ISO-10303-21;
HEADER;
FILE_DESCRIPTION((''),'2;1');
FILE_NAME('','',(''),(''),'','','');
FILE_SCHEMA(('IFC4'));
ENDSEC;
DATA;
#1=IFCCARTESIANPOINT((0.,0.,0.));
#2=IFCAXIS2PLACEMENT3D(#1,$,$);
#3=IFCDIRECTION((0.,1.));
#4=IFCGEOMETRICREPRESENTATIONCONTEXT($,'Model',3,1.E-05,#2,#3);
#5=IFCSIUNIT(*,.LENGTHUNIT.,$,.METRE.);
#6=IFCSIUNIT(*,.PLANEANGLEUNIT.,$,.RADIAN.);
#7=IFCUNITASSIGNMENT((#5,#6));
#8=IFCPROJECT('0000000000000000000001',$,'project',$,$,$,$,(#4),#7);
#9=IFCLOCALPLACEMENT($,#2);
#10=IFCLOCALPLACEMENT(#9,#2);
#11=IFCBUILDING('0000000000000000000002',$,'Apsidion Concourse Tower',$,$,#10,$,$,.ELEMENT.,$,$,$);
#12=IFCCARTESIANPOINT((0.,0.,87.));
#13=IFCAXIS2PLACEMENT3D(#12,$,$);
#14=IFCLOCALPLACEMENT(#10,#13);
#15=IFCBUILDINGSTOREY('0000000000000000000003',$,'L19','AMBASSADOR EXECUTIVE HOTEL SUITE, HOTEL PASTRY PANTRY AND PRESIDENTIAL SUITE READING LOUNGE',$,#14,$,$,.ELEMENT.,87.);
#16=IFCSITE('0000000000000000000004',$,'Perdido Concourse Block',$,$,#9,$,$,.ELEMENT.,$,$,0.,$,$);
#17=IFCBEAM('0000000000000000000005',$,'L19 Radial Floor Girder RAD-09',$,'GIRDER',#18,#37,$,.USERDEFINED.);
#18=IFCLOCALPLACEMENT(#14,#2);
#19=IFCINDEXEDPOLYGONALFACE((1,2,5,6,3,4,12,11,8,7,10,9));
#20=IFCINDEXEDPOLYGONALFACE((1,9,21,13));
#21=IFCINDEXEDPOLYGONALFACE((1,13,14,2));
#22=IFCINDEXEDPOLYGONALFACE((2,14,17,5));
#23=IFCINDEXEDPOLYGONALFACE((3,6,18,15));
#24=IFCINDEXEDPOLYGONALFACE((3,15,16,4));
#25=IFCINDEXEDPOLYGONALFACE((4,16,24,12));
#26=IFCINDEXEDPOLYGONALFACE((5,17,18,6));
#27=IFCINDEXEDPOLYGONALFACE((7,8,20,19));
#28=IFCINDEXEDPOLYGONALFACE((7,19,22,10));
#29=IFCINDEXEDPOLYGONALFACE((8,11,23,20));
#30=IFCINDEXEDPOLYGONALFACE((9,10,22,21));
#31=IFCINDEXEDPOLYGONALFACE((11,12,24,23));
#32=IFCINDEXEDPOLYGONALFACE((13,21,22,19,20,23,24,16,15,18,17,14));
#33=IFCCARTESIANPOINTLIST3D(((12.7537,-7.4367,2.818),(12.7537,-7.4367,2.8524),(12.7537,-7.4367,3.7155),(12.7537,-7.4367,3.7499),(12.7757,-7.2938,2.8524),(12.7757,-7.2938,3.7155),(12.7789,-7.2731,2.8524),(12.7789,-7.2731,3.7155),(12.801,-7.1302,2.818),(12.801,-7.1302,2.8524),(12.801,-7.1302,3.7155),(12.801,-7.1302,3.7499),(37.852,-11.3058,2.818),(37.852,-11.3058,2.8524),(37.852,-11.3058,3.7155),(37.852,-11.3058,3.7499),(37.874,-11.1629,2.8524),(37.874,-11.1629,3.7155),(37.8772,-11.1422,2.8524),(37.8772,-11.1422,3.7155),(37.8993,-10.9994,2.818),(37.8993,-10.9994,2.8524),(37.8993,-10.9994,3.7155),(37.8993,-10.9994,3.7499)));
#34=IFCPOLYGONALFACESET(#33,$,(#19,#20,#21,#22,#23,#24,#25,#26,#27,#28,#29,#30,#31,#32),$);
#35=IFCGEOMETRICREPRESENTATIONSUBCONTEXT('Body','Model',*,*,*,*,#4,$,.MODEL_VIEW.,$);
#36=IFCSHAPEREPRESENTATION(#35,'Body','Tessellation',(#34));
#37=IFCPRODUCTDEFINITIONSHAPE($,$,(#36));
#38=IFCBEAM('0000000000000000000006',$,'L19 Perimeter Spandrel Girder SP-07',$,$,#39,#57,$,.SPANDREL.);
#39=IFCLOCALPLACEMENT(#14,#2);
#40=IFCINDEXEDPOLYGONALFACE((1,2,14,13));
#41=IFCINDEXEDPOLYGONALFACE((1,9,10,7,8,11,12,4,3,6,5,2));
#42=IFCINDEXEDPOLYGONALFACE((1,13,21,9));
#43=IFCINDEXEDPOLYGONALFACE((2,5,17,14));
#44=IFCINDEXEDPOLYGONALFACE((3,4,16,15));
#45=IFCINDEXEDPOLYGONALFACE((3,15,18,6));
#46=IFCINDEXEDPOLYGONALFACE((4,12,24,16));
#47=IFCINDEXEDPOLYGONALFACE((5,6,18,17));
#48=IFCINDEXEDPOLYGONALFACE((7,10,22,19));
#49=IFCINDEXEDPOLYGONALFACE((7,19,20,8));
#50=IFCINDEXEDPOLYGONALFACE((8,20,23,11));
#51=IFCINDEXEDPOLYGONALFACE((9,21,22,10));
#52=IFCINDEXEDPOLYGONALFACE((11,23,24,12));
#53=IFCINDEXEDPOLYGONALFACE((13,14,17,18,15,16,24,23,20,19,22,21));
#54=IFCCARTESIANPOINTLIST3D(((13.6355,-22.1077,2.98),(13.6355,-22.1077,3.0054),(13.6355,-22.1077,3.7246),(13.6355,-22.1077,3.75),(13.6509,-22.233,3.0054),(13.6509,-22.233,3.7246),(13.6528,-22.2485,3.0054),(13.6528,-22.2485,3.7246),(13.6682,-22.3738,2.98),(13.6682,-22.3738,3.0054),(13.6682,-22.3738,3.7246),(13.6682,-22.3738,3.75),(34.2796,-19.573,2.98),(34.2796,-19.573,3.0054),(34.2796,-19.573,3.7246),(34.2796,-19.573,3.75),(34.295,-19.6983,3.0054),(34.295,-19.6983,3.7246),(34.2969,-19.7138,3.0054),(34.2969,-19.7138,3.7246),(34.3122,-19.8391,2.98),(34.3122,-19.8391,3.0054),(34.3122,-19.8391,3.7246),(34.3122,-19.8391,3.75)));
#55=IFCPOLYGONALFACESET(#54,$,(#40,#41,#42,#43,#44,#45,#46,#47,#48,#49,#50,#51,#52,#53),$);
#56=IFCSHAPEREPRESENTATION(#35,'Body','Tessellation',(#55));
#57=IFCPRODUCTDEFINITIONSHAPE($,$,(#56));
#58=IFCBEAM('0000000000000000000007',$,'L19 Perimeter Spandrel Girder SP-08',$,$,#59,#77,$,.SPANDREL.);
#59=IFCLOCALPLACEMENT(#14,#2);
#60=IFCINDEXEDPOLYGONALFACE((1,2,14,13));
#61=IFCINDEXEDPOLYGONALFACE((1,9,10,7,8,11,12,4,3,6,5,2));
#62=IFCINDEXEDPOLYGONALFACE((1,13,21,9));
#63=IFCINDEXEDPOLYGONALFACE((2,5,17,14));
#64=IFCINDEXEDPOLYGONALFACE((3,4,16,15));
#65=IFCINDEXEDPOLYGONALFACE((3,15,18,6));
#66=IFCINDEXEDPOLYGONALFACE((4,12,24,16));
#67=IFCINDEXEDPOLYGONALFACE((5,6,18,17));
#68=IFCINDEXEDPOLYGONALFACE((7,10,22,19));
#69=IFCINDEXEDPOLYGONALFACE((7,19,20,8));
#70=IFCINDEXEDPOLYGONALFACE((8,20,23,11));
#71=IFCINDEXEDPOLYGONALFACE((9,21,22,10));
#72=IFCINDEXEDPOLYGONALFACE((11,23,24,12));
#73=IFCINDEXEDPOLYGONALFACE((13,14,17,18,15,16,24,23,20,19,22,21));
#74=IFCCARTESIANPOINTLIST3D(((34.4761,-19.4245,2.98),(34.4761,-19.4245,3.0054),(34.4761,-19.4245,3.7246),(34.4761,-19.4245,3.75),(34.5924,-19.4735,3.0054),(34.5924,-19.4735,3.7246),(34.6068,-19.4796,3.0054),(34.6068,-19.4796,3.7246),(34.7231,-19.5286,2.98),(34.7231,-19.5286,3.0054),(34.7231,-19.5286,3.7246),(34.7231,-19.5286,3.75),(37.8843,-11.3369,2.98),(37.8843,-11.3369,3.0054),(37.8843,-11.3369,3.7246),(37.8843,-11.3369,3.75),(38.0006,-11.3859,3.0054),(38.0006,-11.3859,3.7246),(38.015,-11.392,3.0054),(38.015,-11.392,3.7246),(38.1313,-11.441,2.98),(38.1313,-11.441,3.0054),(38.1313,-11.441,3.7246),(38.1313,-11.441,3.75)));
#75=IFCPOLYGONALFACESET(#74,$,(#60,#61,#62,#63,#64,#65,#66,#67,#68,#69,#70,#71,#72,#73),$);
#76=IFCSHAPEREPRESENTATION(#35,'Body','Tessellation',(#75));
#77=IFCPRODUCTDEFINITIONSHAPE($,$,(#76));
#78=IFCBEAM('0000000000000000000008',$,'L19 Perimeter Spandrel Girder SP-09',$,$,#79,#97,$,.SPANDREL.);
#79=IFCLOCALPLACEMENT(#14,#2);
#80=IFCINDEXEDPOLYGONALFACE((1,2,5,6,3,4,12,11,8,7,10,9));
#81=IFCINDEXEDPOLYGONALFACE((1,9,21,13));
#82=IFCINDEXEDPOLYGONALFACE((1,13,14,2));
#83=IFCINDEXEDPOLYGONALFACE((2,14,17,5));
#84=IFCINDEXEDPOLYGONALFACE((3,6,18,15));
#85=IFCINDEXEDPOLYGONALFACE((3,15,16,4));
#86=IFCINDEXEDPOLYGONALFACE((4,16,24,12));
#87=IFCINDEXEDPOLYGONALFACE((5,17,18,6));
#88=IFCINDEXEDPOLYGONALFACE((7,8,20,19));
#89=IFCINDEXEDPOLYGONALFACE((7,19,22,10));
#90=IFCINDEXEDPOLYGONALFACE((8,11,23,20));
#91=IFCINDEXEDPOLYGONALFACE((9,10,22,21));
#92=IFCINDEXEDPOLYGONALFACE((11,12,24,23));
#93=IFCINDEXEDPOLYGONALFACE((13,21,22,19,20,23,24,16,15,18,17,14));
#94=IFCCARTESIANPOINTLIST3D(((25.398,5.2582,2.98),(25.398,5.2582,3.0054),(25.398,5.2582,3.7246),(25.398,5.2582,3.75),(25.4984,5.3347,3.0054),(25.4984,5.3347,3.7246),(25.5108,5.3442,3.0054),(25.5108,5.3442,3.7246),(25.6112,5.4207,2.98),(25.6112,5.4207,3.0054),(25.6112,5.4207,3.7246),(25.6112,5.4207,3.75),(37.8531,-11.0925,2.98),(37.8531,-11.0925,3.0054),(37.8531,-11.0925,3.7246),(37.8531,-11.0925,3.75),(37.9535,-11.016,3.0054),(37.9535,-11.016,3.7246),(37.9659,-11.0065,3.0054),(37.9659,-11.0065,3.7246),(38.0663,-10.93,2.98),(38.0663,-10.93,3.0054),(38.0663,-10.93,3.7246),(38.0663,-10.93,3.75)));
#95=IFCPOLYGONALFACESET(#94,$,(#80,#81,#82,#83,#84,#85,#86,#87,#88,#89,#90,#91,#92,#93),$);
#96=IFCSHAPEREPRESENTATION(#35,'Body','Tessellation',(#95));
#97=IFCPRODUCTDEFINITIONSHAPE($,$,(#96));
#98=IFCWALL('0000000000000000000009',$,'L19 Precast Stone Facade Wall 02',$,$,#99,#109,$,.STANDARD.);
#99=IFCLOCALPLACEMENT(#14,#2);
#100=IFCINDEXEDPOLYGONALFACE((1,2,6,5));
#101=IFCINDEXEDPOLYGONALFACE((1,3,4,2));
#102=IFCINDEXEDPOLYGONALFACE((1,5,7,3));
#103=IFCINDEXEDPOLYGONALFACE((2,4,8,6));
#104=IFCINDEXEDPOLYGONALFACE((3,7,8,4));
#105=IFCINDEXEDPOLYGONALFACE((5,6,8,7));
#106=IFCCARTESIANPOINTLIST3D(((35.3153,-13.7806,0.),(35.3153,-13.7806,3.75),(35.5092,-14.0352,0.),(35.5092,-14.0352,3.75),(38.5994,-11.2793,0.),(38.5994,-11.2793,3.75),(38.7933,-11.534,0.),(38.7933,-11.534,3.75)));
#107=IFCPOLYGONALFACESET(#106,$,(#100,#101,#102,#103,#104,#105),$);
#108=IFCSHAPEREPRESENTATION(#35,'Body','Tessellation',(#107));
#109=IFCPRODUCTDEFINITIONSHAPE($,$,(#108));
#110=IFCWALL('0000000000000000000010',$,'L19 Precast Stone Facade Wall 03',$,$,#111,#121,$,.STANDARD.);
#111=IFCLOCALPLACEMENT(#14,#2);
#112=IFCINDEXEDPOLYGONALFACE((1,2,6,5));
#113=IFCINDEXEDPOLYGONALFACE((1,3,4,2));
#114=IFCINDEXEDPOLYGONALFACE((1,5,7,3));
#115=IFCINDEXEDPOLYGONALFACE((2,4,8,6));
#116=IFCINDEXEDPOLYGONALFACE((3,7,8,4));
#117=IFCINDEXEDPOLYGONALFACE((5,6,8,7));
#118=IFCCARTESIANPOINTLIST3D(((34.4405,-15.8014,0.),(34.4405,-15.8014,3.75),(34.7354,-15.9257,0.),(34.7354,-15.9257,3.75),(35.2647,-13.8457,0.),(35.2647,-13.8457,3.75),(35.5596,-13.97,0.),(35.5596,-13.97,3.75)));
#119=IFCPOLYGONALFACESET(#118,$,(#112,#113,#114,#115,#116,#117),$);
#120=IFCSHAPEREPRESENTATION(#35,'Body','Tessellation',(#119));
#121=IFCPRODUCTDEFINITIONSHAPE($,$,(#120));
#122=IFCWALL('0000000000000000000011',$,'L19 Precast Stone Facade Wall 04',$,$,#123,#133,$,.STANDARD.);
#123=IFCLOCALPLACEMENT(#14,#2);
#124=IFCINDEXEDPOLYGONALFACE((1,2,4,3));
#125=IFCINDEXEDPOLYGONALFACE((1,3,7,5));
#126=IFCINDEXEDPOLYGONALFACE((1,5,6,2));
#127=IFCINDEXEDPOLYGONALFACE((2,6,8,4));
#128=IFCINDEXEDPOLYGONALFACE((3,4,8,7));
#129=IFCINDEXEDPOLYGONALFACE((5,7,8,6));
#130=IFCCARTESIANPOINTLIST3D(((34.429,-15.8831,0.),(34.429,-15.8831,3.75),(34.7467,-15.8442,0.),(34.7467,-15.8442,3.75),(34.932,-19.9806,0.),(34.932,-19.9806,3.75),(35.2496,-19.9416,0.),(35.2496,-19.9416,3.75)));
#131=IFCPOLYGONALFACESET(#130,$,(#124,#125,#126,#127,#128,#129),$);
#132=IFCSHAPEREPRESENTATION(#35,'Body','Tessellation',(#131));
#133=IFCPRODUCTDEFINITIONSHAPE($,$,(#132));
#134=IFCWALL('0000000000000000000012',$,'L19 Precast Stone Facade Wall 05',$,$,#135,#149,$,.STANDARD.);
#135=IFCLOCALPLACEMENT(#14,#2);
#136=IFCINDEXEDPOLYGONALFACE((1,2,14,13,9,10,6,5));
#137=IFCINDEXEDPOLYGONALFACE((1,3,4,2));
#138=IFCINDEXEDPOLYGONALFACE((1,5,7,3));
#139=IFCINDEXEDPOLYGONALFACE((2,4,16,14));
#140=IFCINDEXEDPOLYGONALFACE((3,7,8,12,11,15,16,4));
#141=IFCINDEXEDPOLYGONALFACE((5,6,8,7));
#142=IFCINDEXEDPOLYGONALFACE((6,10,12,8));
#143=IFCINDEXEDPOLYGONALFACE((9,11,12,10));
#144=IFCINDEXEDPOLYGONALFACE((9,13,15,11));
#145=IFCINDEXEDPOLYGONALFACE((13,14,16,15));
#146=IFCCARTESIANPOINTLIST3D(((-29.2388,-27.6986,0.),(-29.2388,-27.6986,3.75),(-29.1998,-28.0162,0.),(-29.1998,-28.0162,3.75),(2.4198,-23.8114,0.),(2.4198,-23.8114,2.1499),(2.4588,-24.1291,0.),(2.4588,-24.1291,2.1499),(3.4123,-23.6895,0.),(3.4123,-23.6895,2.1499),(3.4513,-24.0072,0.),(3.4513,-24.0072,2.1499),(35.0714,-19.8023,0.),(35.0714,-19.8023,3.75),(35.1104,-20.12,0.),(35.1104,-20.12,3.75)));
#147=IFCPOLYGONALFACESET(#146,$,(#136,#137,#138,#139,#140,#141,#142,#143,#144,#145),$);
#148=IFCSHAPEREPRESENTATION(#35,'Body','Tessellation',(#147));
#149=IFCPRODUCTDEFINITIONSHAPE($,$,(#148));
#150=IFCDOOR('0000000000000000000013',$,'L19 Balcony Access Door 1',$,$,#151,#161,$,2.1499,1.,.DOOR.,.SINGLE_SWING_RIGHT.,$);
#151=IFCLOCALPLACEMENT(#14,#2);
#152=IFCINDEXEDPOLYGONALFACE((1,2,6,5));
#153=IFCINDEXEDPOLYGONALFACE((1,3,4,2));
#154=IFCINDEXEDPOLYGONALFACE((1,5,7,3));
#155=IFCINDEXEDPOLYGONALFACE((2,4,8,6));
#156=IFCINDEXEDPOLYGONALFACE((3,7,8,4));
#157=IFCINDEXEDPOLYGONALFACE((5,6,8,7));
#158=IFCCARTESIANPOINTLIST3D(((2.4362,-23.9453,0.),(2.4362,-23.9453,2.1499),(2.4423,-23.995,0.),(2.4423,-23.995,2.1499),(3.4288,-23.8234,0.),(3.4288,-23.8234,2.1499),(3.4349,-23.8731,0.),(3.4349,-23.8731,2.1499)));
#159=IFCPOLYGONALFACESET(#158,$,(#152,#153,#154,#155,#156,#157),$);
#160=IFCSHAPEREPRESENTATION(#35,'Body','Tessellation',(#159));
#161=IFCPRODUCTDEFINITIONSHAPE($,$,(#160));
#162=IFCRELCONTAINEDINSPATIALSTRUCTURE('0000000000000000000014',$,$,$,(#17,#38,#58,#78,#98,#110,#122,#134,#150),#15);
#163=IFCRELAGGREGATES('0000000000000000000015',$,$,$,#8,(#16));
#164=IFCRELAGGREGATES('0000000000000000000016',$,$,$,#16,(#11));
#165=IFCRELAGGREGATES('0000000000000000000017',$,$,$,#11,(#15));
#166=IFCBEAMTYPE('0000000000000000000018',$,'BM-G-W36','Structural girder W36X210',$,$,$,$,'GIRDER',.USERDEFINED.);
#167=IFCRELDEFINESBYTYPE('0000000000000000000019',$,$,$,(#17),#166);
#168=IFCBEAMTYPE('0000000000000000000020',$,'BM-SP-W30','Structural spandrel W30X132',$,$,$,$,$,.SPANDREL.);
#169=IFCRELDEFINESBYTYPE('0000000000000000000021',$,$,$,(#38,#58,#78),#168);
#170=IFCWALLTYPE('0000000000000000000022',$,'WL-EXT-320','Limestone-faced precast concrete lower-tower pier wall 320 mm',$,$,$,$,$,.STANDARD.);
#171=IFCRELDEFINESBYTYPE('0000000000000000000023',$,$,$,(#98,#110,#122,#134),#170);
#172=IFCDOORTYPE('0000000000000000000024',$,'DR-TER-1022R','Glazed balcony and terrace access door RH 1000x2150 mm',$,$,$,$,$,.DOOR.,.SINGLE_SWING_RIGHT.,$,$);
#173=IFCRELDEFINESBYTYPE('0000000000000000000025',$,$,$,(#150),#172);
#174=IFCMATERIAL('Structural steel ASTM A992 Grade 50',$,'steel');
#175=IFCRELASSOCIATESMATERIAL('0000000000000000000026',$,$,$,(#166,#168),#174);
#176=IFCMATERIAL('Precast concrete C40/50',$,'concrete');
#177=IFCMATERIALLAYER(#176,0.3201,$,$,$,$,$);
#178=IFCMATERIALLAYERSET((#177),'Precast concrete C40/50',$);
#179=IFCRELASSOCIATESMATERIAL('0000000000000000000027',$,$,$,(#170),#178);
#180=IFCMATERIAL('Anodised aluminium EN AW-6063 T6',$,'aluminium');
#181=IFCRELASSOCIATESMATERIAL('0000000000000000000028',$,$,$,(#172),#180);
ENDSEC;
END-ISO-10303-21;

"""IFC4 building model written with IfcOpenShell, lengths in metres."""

from ifc_helpers import new_model, si_unit, direction, frame, frame_2d, origin, origin_2d, place, context, subcontext, project, spatial, rectangle, i_section, extrude, material, layer, layer_set, material_profile, profile_set, type_object, element, fill, save


model = new_model("IFC4")

# Units and contexts
model_context = context("Model", 3, precision=1e-05, world=origin(), true_north=direction((0.0, 1.0)))
body_context = subcontext(model_context, "Body", "Model", "MODEL_VIEW")
ifc_project = project(units=[si_unit("LENGTHUNIT", "METRE"), si_unit("PLANEANGLEUNIT", "RADIAN")], contexts=[model_context])

# Site, building, storey
site_placement = place(None, origin())
site = spatial("IfcSite", under=ifc_project, at=site_placement, Name="Perdido Concourse Block", CompositionType="ELEMENT", RefElevation=0.0)
building_placement = place(site_placement, origin())
building = spatial("IfcBuilding", under=site, at=building_placement, Name="Apsidion Concourse Tower", CompositionType="ELEMENT")
storey_placement = place(building_placement, frame((0.0, 0.0, 87.0)))
storey = spatial("IfcBuildingStorey", under=building, at=storey_placement, Name="L19", Description="AMBASSADOR EXECUTIVE HOTEL SUITE, HOTEL PASTRY PANTRY AND PRESIDENTIAL SUITE READING LOUNGE", CompositionType="ELEMENT", Elevation=87.0)

# Beams
ifc_material_1 = material(Name="Structural steel ASTM A992 Grade 50", Category="steel")
ifc_material_profile_1 = material_profile(ifc_material_1, i_section(OverallWidth=0.3101, OverallDepth=0.9319, WebThickness=0.021, FlangeThickness=0.0344, at=origin_2d()), Name="W36X210")
ifc_profile_set_1 = profile_set([ifc_material_profile_1], Name="Structural steel ASTM A992 Grade 50")
beam_type_1 = type_object("IfcBeamType", Name="BM-G-W36", Description="Structural girder W36X210", ElementType="GIRDER", PredefinedType="USERDEFINED", material=ifc_profile_set_1)
beam_1_placement = place(storey_placement, frame((12.7773, -7.2834, 3.2839), z_axis=(0.988325, -0.152359, 0.0), x_axis=(0.152359, 0.988325, 0.0)))
element("IfcBeam", 1, at=beam_1_placement, inside=storey, type_object=beam_type_1, Name="L19 Radial Floor Girder RAD-09", ObjectType="GIRDER", PredefinedType="USERDEFINED", context=body_context, shape_type="SweptSolid", body=[
    extrude(i_section(OverallWidth=0.3101, OverallDepth=0.9319, WebThickness=0.021, FlangeThickness=0.0344, at=origin_2d()), origin(), (0.0, 0.0, 1.0), 25.3948),
])
ifc_material_profile_2 = material_profile(ifc_material_1, i_section(OverallWidth=0.2681, OverallDepth=0.77, WebThickness=0.0156, FlangeThickness=0.0254, at=origin_2d()), Name="W30X132")
ifc_profile_set_2 = profile_set([ifc_material_profile_2], Name="Structural steel ASTM A992 Grade 50")
beam_type_2 = type_object("IfcBeamType", Name="BM-SP-W30", Description="Structural spandrel W30X132", PredefinedType="SPANDREL", material=ifc_profile_set_2)
beam_2_placement = place(storey_placement, frame((13.6519, -22.2407, 3.365), z_axis=(0.992547, 0.121865, 0.0), x_axis=(-0.121865, 0.992547, 0.0)))
element("IfcBeam", 2, at=beam_2_placement, inside=storey, type_object=beam_type_2, Name="L19 Perimeter Spandrel Girder SP-07", PredefinedType="SPANDREL", context=body_context, shape_type="SweptSolid", body=[
    extrude(i_section(OverallWidth=0.2681, OverallDepth=0.77, WebThickness=0.0156, FlangeThickness=0.0254, at=origin_2d()), origin(), (0.0, 0.0, 1.0), 20.7991),
])
beam_3_placement = place(storey_placement, frame((34.5996, -19.4766, 3.365), z_axis=(0.388336, 0.921518, 0.0), x_axis=(-0.921518, 0.388336, 0.0)))
element("IfcBeam", 3, at=beam_3_placement, inside=storey, type_object=beam_type_2, Name="L19 Perimeter Spandrel Girder SP-08", PredefinedType="SPANDREL", context=body_context, shape_type="SweptSolid", body=[
    extrude(i_section(OverallWidth=0.2681, OverallDepth=0.77, WebThickness=0.0156, FlangeThickness=0.0254, at=origin_2d()), origin(), (0.0, 0.0, 1.0), 8.7764),
])
beam_4_placement = place(storey_placement, frame((37.9597, -11.0112, 3.365), z_axis=(-0.605966, 0.795491, 0.0), x_axis=(-0.795491, -0.605966, 0.0)))
element("IfcBeam", 4, at=beam_4_placement, inside=storey, type_object=beam_type_2, Name="L19 Perimeter Spandrel Girder SP-09", PredefinedType="SPANDREL", context=body_context, shape_type="SweptSolid", body=[
    extrude(i_section(OverallWidth=0.2681, OverallDepth=0.77, WebThickness=0.0156, FlangeThickness=0.0254, at=origin_2d()), origin(), (0.0, 0.0, 1.0), 20.5542),
])

# Walls
ifc_material_2 = material(Name="Precast concrete C40/50", Category="concrete")
ifc_layer_1 = layer(ifc_material_2, 0.3201)
ifc_layer_set_1 = layer_set([ifc_layer_1], Name="Precast concrete C40/50")
wall_type_1 = type_object("IfcWallType", Name="WL-EXT-320", Description="Limestone-faced precast concrete lower-tower pier wall 320 mm", PredefinedType="STANDARD", material=ifc_layer_set_1)
wall_1_placement = place(storey_placement, frame((38.6963, -11.4067, 0.0), z_axis=(0.0, 0.0, 1.0), x_axis=(-0.79555, -0.605888, 0.0)))
element("IfcWall", 5, at=wall_1_placement, inside=storey, type_object=wall_type_1, Name="L19 Precast Stone Facade Wall 02", PredefinedType="STANDARD", context=body_context, shape_type="SweptSolid", body=[
    extrude(rectangle(XDim=4.1282, YDim=0.3201, at=frame_2d((2.064, 0.0))), origin(), (0.0, 0.0, 1.0), 3.75),
])
wall_2_placement = place(storey_placement, frame((35.4121, -13.908, 0.0), z_axis=(0.0, 0.0, 1.0), x_axis=(-0.388345, -0.921514, 0.0)))
element("IfcWall", 6, at=wall_2_placement, inside=storey, type_object=wall_type_1, Name="L19 Precast Stone Facade Wall 03", PredefinedType="STANDARD", context=body_context, shape_type="SweptSolid", body=[
    extrude(rectangle(XDim=2.1223, YDim=0.3201, at=frame_2d((1.061, 0.0))), origin(), (0.0, 0.0, 1.0), 3.75),
])
wall_3_placement = place(storey_placement, frame((34.5879, -15.8638, 0.0), z_axis=(0.0, 0.0, 1.0), x_axis=(0.121829, -0.992551, 0.0)))
element("IfcWall", 7, at=wall_3_placement, inside=storey, type_object=wall_type_1, Name="L19 Precast Stone Facade Wall 04", PredefinedType="STANDARD", context=body_context, shape_type="SweptSolid", body=[
    extrude(rectangle(XDim=4.1282, YDim=0.3201, at=frame_2d((2.064, 0.0))), origin(), (0.0, 0.0, 1.0), 3.75),
])

# Wall, opening, door
wall_4_placement = place(storey_placement, frame((35.0908, -19.9612, 0.0), z_axis=(0.0, 0.0, 1.0), x_axis=(-0.992546, -0.121868, 0.0)))
wall_4 = element("IfcWall", 8, at=wall_4_placement, inside=storey, type_object=wall_type_1, Name="L19 Precast Stone Facade Wall 05", PredefinedType="STANDARD", context=body_context, shape_type="SweptSolid", body=[
    extrude(rectangle(XDim=64.7932, YDim=0.3201, at=frame_2d((32.3965, 0.0))), origin(), (0.0, 0.0, 1.0), 3.75),
])
opening_1_placement = place(wall_4_placement, frame((31.8967, 0.0, 0.0)))
opening_1 = element("IfcOpeningElement", 9, at=opening_1_placement, cuts=wall_4, PredefinedType="OPENING", context=body_context, shape_type="SweptSolid", body=[
    extrude(rectangle(XDim=1.0, YDim=2.1499, at=frame_2d((0.5, 1.075))), frame((0.0, 0.1699, 0.0), z_axis=(0.0, -1.0, 0.0), x_axis=(1.0, 0.0, 0.0)), (0.0, 0.0, 1.0), 0.3401),
])
ifc_material_3 = material(Name="Anodised aluminium EN AW-6063 T6", Category="aluminium")
door_type_1 = type_object("IfcDoorType", Name="DR-TER-1022R", Description="Glazed balcony and terrace access door RH 1000x2150 mm", OperationType="SINGLE_SWING_RIGHT", PredefinedType="DOOR", material=ifc_material_3)
door_1_placement = place(opening_1_placement, origin())
door_1 = element("IfcDoor", 10, at=door_1_placement, inside=storey, type_object=door_type_1, Name="L19 Balcony Access Door 1", OperationType="SINGLE_SWING_RIGHT", OverallHeight=2.1499, OverallWidth=1.0, PredefinedType="DOOR", context=body_context, shape_type="SweptSolid", body=[
    extrude(rectangle(XDim=1.0, YDim=2.1499, at=frame_2d((0.5, 1.075))), frame((0.0, 0.0249, 0.0), z_axis=(0.0, -1.0, 0.0), x_axis=(1.0, 0.0, 0.0)), (0.0, 0.0, 1.0), 0.05),
])
fill(opening_1, door_1)

save(model, "model.ifc")
